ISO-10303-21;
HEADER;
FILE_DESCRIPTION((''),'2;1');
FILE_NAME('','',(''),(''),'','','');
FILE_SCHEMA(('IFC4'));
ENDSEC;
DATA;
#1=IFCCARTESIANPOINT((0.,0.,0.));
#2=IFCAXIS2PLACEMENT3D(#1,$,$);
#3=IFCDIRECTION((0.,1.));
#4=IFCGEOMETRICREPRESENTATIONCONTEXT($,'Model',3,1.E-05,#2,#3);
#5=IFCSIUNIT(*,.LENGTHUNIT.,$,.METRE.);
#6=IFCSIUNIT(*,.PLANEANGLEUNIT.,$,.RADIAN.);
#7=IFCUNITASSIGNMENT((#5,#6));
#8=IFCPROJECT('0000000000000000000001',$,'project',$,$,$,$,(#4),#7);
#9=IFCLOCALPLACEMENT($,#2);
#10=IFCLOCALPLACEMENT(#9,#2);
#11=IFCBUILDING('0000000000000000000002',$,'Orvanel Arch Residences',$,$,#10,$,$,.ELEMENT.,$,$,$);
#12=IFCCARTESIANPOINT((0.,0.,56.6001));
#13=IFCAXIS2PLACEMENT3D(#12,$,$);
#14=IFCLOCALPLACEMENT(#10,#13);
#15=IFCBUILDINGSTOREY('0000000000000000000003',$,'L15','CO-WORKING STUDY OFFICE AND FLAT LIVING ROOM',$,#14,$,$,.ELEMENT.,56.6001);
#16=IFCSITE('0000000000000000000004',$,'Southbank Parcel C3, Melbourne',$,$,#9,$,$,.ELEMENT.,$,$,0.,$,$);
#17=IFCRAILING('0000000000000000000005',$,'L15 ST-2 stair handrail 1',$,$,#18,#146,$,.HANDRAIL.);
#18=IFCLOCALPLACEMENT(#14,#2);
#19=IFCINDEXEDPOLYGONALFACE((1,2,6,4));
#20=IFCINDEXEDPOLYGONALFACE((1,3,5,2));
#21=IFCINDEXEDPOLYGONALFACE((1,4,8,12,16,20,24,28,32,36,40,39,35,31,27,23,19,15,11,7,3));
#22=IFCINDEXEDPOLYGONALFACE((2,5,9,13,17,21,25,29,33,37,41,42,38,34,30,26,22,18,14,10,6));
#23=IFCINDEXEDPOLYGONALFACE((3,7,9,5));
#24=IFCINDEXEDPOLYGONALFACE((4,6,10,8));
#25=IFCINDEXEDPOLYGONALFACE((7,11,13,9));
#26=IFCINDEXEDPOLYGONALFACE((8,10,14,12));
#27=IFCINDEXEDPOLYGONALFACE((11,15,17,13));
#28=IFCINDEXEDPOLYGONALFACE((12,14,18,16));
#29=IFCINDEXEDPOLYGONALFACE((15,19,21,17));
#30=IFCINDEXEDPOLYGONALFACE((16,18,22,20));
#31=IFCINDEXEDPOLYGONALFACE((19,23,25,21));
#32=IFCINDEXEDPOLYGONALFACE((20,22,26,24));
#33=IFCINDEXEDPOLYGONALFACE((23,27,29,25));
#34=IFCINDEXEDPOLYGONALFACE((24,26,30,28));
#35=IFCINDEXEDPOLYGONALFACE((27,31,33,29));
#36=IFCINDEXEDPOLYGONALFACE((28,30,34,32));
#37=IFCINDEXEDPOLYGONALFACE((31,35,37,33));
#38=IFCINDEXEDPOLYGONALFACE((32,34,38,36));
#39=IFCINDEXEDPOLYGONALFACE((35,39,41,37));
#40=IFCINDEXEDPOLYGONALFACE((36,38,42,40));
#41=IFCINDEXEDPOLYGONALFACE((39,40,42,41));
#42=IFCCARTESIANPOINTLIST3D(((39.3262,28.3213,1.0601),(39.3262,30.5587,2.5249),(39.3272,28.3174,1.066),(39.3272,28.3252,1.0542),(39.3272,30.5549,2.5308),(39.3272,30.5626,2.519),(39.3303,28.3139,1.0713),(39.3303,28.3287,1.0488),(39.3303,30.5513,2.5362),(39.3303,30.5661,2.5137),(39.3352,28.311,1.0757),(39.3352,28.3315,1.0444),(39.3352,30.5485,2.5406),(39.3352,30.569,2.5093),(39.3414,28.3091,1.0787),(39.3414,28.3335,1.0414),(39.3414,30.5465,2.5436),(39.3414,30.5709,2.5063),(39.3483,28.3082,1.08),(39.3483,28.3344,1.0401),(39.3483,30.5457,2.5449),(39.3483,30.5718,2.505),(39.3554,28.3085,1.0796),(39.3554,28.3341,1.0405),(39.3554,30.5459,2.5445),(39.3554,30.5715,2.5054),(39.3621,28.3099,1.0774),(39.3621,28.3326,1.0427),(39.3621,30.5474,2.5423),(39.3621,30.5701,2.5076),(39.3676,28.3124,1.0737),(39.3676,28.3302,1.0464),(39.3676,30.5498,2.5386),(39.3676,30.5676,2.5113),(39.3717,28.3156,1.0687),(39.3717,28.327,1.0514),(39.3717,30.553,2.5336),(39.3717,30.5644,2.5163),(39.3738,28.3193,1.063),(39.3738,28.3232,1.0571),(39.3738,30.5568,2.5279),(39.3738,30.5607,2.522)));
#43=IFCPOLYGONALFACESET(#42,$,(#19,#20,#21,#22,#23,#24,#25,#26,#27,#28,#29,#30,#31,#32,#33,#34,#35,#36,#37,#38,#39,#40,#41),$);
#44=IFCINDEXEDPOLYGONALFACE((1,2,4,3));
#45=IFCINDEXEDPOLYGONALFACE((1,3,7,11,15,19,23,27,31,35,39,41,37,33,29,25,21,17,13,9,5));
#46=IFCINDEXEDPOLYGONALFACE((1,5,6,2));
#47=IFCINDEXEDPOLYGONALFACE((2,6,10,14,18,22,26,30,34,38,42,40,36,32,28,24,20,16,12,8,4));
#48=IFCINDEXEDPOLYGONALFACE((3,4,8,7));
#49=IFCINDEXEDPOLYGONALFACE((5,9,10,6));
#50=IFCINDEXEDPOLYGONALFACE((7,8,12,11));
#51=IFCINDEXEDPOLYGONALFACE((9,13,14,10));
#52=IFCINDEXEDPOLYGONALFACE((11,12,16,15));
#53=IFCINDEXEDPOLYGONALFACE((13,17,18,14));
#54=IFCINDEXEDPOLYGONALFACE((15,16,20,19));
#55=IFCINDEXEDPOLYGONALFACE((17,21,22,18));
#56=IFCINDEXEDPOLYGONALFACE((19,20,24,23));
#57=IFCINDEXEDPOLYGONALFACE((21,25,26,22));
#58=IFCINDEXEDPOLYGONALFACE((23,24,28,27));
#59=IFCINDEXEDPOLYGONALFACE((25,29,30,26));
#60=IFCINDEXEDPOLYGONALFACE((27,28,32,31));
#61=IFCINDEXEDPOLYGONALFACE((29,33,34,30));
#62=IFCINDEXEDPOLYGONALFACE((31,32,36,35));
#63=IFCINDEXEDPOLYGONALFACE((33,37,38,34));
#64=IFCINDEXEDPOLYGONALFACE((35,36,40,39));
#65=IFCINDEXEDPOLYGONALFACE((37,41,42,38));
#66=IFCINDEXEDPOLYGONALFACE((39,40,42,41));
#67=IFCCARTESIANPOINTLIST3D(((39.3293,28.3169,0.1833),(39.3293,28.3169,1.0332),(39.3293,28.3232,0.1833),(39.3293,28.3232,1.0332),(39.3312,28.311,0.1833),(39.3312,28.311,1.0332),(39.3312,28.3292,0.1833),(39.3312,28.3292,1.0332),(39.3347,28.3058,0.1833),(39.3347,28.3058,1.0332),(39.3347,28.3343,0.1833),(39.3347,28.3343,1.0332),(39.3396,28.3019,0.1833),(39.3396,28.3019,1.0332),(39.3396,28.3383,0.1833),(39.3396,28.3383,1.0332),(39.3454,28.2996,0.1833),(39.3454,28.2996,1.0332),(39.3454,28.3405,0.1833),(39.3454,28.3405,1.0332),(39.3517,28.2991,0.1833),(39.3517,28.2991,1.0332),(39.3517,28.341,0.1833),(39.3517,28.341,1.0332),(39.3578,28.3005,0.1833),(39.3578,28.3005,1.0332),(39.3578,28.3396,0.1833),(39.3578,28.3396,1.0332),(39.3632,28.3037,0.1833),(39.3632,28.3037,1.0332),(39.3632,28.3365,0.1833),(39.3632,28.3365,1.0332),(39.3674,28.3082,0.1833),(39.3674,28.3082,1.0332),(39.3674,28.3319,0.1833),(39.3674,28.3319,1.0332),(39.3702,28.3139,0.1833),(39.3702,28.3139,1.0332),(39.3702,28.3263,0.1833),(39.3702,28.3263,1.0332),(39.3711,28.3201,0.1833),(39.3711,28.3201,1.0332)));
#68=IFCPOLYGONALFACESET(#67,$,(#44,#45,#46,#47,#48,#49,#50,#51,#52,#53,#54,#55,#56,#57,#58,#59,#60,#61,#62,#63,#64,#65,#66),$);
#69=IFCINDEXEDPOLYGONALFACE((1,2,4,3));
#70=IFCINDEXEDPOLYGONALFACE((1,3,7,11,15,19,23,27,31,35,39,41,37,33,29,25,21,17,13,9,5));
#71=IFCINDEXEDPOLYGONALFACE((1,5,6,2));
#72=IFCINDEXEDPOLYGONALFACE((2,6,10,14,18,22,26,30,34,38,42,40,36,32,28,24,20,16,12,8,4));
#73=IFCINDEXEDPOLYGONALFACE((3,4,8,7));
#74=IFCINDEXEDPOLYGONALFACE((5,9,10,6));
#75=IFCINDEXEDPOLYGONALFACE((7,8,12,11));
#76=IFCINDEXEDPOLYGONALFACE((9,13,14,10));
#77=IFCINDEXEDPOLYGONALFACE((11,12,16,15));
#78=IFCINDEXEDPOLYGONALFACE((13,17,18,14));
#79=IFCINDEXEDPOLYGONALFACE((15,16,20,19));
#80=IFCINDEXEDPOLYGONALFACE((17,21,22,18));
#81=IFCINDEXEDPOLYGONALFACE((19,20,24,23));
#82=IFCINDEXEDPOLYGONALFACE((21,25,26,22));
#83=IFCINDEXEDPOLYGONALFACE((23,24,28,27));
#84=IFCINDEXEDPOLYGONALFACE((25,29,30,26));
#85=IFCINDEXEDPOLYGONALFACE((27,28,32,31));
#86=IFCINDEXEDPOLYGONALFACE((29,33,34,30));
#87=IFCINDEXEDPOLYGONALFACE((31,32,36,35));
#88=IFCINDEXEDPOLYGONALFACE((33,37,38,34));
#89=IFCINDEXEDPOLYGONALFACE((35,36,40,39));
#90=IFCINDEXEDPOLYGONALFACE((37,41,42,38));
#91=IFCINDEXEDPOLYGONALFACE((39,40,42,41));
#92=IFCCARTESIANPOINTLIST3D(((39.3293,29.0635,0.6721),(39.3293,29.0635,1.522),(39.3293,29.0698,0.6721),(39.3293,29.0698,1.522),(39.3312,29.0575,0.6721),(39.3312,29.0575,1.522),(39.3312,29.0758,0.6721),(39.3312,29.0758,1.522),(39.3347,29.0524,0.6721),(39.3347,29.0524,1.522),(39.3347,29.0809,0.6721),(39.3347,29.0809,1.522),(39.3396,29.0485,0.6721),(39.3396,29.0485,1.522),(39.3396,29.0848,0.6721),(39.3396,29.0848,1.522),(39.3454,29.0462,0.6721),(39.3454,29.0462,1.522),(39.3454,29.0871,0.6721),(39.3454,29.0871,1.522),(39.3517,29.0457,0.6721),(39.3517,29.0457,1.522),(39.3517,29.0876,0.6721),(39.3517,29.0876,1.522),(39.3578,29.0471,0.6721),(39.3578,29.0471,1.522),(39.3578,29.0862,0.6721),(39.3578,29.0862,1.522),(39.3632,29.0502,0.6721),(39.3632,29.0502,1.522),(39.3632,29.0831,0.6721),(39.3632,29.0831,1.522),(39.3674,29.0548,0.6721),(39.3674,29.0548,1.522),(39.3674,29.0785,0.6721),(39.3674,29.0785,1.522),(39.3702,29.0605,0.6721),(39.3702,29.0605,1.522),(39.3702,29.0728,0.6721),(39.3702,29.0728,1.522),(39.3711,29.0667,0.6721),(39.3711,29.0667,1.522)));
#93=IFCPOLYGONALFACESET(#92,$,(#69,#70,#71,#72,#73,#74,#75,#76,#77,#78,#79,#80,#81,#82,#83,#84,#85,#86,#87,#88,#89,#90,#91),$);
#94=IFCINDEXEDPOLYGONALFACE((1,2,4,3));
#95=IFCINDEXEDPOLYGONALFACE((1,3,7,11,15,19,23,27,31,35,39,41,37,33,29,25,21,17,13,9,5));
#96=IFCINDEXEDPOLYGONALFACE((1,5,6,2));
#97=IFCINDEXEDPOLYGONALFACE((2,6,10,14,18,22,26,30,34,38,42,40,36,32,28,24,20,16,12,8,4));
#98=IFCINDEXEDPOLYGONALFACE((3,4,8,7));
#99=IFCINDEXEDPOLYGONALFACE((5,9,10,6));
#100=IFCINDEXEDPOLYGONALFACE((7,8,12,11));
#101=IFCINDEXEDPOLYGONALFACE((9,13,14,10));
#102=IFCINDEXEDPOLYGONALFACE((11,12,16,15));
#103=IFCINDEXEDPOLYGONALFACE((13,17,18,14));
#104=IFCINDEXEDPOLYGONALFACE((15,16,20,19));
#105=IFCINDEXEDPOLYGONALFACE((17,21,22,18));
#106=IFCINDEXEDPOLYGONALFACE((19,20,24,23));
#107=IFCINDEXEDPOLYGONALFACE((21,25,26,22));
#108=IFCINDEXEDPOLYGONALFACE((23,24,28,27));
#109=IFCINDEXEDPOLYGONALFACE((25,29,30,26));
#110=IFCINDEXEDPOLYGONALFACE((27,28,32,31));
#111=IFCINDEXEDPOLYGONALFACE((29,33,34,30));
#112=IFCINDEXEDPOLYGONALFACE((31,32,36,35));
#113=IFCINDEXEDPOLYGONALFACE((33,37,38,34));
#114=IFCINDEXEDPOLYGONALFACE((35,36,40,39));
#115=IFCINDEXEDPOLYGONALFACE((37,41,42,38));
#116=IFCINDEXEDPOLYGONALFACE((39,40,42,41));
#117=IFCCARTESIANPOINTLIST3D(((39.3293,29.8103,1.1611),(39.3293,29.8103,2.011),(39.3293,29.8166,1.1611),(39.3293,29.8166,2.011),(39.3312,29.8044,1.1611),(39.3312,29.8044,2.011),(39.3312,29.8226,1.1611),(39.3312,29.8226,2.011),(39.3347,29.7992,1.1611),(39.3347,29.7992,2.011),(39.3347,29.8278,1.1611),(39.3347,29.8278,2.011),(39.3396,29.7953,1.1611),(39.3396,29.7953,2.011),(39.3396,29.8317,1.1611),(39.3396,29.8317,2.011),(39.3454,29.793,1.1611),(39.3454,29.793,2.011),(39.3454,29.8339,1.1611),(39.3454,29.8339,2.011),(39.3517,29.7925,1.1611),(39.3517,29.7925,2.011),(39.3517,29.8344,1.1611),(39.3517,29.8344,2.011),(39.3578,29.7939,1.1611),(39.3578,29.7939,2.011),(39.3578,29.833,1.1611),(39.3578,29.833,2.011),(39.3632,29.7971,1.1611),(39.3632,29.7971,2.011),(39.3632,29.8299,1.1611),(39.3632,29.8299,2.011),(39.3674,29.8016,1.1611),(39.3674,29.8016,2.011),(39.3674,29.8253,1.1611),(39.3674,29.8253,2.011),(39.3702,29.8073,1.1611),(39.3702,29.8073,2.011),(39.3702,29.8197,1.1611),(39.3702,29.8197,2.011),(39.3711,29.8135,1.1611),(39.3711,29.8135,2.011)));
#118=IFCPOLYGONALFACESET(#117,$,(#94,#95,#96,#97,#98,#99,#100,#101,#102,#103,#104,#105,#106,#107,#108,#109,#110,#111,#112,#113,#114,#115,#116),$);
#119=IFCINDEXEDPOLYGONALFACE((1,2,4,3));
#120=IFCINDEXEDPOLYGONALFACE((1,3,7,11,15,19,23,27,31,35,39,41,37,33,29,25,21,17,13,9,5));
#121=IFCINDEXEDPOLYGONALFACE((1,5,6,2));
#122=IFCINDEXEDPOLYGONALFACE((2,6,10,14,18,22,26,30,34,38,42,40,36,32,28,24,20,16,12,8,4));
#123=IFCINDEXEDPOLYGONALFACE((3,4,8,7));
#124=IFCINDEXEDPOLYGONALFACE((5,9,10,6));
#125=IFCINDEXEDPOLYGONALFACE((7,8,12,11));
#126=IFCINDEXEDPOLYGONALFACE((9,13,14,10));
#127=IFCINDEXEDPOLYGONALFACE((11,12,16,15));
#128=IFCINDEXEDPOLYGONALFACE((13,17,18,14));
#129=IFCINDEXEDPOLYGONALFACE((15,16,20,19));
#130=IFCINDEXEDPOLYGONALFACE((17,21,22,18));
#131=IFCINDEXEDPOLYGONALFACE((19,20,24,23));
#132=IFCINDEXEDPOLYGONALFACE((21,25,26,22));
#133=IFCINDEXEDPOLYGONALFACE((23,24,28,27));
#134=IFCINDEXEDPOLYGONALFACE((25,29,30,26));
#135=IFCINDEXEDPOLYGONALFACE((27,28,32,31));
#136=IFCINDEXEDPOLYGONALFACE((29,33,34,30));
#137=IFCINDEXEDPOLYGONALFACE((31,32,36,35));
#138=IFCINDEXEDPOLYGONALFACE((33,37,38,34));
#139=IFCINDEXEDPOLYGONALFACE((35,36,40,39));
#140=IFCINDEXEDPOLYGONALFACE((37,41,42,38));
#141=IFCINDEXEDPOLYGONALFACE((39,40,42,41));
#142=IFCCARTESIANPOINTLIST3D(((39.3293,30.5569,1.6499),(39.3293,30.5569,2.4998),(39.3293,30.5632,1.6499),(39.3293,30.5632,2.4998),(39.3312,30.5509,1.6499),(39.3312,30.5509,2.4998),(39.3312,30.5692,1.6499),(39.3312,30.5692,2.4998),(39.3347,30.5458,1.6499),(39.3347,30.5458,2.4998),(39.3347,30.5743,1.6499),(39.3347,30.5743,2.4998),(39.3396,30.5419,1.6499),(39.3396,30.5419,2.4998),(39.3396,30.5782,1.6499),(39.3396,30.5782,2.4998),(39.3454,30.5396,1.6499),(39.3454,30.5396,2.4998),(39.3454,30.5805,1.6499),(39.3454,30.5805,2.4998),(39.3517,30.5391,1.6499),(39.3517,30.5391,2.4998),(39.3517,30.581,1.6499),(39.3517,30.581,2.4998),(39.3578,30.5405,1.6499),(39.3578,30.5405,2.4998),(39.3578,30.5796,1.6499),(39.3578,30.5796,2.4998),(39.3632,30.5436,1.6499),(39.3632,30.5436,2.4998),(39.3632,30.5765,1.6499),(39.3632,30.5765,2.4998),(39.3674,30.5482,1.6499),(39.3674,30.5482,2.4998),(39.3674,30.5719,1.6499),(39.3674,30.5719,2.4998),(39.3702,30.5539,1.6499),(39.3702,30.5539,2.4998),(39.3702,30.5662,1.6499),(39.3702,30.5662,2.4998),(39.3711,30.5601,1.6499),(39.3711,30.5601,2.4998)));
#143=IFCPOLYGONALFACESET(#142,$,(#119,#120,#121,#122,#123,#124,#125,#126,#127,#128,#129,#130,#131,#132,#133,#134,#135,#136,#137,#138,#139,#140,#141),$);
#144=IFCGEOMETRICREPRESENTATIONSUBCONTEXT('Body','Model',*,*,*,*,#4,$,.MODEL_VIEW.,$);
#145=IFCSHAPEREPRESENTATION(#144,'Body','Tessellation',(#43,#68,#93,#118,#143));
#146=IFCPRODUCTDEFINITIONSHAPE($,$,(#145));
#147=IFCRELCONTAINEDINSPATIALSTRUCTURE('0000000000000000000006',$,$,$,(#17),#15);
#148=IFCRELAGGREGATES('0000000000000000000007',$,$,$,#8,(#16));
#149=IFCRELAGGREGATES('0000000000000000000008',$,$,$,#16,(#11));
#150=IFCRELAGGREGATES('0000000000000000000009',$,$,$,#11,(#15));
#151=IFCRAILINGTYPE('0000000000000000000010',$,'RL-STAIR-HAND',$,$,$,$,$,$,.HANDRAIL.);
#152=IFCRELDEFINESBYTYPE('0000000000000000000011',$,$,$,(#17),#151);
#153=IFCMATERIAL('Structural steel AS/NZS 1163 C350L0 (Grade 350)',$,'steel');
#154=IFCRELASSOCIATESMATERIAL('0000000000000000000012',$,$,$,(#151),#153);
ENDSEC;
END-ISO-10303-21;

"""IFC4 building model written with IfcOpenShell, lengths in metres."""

from ifc_helpers import new_model, si_unit, direction, frame, origin, origin_2d, place, context, subcontext, project, spatial, circle, extrude, material, type_object, element, save


model = new_model("IFC4")

# Units and contexts
model_context = context("Model", 3, precision=1e-05, world=origin(), true_north=direction((0.0, 1.0)))
body_context = subcontext(model_context, "Body", "Model", "MODEL_VIEW")
ifc_project = project(units=[si_unit("LENGTHUNIT", "METRE"), si_unit("PLANEANGLEUNIT", "RADIAN")], contexts=[model_context])

# Site, building, storey
site_placement = place(None, origin())
site = spatial("IfcSite", under=ifc_project, at=site_placement, Name="Southbank Parcel C3, Melbourne", CompositionType="ELEMENT", RefElevation=0.0)
building_placement = place(site_placement, origin())
building = spatial("IfcBuilding", under=site, at=building_placement, Name="Orvanel Arch Residences", CompositionType="ELEMENT")
storey_placement = place(building_placement, frame((0.0, 0.0, 56.6001)))
storey = spatial("IfcBuildingStorey", under=building, at=storey_placement, Name="L15", Description="CO-WORKING STUDY OFFICE AND FLAT LIVING ROOM", CompositionType="ELEMENT", Elevation=56.6001)

# Railing
ifc_material_1 = material(Name="Structural steel AS/NZS 1163 C350L0 (Grade 350)", Category="steel")
railing_type_1 = type_object("IfcRailingType", Name="RL-STAIR-HAND", PredefinedType="HANDRAIL", material=ifc_material_1)
railing_1_placement = place(storey_placement, frame((39.3501, 28.3201, 0.1833)))
element("IfcRailing", 1, at=railing_1_placement, inside=storey, type_object=railing_type_1, Name="L15 ST-2 stair handrail 1", PredefinedType="HANDRAIL", context=body_context, shape_type="SweptSolid", body=[
    extrude(circle(Radius=0.0239, at=origin_2d()), frame((0.0, 0.0012, 0.8767), z_axis=(0.0, 0.836637, 0.547758), x_axis=(-1.0, 0.0, 0.0)), (0.0, 0.0, 1.0), 2.6743),
    extrude(circle(Radius=0.021, at=origin_2d()), origin(), (0.0, 0.0, 1.0), 0.8499),
    extrude(circle(Radius=0.021, at=origin_2d()), frame((0.0, 0.7466, 0.4888)), (0.0, 0.0, 1.0), 0.8499),
    extrude(circle(Radius=0.021, at=origin_2d()), frame((0.0, 1.4934, 0.9778)), (0.0, 0.0, 1.0), 0.8499),
    extrude(circle(Radius=0.021, at=origin_2d()), frame((0.0, 2.24, 1.4666)), (0.0, 0.0, 1.0), 0.8499),
])

save(model, "model.ifc")
